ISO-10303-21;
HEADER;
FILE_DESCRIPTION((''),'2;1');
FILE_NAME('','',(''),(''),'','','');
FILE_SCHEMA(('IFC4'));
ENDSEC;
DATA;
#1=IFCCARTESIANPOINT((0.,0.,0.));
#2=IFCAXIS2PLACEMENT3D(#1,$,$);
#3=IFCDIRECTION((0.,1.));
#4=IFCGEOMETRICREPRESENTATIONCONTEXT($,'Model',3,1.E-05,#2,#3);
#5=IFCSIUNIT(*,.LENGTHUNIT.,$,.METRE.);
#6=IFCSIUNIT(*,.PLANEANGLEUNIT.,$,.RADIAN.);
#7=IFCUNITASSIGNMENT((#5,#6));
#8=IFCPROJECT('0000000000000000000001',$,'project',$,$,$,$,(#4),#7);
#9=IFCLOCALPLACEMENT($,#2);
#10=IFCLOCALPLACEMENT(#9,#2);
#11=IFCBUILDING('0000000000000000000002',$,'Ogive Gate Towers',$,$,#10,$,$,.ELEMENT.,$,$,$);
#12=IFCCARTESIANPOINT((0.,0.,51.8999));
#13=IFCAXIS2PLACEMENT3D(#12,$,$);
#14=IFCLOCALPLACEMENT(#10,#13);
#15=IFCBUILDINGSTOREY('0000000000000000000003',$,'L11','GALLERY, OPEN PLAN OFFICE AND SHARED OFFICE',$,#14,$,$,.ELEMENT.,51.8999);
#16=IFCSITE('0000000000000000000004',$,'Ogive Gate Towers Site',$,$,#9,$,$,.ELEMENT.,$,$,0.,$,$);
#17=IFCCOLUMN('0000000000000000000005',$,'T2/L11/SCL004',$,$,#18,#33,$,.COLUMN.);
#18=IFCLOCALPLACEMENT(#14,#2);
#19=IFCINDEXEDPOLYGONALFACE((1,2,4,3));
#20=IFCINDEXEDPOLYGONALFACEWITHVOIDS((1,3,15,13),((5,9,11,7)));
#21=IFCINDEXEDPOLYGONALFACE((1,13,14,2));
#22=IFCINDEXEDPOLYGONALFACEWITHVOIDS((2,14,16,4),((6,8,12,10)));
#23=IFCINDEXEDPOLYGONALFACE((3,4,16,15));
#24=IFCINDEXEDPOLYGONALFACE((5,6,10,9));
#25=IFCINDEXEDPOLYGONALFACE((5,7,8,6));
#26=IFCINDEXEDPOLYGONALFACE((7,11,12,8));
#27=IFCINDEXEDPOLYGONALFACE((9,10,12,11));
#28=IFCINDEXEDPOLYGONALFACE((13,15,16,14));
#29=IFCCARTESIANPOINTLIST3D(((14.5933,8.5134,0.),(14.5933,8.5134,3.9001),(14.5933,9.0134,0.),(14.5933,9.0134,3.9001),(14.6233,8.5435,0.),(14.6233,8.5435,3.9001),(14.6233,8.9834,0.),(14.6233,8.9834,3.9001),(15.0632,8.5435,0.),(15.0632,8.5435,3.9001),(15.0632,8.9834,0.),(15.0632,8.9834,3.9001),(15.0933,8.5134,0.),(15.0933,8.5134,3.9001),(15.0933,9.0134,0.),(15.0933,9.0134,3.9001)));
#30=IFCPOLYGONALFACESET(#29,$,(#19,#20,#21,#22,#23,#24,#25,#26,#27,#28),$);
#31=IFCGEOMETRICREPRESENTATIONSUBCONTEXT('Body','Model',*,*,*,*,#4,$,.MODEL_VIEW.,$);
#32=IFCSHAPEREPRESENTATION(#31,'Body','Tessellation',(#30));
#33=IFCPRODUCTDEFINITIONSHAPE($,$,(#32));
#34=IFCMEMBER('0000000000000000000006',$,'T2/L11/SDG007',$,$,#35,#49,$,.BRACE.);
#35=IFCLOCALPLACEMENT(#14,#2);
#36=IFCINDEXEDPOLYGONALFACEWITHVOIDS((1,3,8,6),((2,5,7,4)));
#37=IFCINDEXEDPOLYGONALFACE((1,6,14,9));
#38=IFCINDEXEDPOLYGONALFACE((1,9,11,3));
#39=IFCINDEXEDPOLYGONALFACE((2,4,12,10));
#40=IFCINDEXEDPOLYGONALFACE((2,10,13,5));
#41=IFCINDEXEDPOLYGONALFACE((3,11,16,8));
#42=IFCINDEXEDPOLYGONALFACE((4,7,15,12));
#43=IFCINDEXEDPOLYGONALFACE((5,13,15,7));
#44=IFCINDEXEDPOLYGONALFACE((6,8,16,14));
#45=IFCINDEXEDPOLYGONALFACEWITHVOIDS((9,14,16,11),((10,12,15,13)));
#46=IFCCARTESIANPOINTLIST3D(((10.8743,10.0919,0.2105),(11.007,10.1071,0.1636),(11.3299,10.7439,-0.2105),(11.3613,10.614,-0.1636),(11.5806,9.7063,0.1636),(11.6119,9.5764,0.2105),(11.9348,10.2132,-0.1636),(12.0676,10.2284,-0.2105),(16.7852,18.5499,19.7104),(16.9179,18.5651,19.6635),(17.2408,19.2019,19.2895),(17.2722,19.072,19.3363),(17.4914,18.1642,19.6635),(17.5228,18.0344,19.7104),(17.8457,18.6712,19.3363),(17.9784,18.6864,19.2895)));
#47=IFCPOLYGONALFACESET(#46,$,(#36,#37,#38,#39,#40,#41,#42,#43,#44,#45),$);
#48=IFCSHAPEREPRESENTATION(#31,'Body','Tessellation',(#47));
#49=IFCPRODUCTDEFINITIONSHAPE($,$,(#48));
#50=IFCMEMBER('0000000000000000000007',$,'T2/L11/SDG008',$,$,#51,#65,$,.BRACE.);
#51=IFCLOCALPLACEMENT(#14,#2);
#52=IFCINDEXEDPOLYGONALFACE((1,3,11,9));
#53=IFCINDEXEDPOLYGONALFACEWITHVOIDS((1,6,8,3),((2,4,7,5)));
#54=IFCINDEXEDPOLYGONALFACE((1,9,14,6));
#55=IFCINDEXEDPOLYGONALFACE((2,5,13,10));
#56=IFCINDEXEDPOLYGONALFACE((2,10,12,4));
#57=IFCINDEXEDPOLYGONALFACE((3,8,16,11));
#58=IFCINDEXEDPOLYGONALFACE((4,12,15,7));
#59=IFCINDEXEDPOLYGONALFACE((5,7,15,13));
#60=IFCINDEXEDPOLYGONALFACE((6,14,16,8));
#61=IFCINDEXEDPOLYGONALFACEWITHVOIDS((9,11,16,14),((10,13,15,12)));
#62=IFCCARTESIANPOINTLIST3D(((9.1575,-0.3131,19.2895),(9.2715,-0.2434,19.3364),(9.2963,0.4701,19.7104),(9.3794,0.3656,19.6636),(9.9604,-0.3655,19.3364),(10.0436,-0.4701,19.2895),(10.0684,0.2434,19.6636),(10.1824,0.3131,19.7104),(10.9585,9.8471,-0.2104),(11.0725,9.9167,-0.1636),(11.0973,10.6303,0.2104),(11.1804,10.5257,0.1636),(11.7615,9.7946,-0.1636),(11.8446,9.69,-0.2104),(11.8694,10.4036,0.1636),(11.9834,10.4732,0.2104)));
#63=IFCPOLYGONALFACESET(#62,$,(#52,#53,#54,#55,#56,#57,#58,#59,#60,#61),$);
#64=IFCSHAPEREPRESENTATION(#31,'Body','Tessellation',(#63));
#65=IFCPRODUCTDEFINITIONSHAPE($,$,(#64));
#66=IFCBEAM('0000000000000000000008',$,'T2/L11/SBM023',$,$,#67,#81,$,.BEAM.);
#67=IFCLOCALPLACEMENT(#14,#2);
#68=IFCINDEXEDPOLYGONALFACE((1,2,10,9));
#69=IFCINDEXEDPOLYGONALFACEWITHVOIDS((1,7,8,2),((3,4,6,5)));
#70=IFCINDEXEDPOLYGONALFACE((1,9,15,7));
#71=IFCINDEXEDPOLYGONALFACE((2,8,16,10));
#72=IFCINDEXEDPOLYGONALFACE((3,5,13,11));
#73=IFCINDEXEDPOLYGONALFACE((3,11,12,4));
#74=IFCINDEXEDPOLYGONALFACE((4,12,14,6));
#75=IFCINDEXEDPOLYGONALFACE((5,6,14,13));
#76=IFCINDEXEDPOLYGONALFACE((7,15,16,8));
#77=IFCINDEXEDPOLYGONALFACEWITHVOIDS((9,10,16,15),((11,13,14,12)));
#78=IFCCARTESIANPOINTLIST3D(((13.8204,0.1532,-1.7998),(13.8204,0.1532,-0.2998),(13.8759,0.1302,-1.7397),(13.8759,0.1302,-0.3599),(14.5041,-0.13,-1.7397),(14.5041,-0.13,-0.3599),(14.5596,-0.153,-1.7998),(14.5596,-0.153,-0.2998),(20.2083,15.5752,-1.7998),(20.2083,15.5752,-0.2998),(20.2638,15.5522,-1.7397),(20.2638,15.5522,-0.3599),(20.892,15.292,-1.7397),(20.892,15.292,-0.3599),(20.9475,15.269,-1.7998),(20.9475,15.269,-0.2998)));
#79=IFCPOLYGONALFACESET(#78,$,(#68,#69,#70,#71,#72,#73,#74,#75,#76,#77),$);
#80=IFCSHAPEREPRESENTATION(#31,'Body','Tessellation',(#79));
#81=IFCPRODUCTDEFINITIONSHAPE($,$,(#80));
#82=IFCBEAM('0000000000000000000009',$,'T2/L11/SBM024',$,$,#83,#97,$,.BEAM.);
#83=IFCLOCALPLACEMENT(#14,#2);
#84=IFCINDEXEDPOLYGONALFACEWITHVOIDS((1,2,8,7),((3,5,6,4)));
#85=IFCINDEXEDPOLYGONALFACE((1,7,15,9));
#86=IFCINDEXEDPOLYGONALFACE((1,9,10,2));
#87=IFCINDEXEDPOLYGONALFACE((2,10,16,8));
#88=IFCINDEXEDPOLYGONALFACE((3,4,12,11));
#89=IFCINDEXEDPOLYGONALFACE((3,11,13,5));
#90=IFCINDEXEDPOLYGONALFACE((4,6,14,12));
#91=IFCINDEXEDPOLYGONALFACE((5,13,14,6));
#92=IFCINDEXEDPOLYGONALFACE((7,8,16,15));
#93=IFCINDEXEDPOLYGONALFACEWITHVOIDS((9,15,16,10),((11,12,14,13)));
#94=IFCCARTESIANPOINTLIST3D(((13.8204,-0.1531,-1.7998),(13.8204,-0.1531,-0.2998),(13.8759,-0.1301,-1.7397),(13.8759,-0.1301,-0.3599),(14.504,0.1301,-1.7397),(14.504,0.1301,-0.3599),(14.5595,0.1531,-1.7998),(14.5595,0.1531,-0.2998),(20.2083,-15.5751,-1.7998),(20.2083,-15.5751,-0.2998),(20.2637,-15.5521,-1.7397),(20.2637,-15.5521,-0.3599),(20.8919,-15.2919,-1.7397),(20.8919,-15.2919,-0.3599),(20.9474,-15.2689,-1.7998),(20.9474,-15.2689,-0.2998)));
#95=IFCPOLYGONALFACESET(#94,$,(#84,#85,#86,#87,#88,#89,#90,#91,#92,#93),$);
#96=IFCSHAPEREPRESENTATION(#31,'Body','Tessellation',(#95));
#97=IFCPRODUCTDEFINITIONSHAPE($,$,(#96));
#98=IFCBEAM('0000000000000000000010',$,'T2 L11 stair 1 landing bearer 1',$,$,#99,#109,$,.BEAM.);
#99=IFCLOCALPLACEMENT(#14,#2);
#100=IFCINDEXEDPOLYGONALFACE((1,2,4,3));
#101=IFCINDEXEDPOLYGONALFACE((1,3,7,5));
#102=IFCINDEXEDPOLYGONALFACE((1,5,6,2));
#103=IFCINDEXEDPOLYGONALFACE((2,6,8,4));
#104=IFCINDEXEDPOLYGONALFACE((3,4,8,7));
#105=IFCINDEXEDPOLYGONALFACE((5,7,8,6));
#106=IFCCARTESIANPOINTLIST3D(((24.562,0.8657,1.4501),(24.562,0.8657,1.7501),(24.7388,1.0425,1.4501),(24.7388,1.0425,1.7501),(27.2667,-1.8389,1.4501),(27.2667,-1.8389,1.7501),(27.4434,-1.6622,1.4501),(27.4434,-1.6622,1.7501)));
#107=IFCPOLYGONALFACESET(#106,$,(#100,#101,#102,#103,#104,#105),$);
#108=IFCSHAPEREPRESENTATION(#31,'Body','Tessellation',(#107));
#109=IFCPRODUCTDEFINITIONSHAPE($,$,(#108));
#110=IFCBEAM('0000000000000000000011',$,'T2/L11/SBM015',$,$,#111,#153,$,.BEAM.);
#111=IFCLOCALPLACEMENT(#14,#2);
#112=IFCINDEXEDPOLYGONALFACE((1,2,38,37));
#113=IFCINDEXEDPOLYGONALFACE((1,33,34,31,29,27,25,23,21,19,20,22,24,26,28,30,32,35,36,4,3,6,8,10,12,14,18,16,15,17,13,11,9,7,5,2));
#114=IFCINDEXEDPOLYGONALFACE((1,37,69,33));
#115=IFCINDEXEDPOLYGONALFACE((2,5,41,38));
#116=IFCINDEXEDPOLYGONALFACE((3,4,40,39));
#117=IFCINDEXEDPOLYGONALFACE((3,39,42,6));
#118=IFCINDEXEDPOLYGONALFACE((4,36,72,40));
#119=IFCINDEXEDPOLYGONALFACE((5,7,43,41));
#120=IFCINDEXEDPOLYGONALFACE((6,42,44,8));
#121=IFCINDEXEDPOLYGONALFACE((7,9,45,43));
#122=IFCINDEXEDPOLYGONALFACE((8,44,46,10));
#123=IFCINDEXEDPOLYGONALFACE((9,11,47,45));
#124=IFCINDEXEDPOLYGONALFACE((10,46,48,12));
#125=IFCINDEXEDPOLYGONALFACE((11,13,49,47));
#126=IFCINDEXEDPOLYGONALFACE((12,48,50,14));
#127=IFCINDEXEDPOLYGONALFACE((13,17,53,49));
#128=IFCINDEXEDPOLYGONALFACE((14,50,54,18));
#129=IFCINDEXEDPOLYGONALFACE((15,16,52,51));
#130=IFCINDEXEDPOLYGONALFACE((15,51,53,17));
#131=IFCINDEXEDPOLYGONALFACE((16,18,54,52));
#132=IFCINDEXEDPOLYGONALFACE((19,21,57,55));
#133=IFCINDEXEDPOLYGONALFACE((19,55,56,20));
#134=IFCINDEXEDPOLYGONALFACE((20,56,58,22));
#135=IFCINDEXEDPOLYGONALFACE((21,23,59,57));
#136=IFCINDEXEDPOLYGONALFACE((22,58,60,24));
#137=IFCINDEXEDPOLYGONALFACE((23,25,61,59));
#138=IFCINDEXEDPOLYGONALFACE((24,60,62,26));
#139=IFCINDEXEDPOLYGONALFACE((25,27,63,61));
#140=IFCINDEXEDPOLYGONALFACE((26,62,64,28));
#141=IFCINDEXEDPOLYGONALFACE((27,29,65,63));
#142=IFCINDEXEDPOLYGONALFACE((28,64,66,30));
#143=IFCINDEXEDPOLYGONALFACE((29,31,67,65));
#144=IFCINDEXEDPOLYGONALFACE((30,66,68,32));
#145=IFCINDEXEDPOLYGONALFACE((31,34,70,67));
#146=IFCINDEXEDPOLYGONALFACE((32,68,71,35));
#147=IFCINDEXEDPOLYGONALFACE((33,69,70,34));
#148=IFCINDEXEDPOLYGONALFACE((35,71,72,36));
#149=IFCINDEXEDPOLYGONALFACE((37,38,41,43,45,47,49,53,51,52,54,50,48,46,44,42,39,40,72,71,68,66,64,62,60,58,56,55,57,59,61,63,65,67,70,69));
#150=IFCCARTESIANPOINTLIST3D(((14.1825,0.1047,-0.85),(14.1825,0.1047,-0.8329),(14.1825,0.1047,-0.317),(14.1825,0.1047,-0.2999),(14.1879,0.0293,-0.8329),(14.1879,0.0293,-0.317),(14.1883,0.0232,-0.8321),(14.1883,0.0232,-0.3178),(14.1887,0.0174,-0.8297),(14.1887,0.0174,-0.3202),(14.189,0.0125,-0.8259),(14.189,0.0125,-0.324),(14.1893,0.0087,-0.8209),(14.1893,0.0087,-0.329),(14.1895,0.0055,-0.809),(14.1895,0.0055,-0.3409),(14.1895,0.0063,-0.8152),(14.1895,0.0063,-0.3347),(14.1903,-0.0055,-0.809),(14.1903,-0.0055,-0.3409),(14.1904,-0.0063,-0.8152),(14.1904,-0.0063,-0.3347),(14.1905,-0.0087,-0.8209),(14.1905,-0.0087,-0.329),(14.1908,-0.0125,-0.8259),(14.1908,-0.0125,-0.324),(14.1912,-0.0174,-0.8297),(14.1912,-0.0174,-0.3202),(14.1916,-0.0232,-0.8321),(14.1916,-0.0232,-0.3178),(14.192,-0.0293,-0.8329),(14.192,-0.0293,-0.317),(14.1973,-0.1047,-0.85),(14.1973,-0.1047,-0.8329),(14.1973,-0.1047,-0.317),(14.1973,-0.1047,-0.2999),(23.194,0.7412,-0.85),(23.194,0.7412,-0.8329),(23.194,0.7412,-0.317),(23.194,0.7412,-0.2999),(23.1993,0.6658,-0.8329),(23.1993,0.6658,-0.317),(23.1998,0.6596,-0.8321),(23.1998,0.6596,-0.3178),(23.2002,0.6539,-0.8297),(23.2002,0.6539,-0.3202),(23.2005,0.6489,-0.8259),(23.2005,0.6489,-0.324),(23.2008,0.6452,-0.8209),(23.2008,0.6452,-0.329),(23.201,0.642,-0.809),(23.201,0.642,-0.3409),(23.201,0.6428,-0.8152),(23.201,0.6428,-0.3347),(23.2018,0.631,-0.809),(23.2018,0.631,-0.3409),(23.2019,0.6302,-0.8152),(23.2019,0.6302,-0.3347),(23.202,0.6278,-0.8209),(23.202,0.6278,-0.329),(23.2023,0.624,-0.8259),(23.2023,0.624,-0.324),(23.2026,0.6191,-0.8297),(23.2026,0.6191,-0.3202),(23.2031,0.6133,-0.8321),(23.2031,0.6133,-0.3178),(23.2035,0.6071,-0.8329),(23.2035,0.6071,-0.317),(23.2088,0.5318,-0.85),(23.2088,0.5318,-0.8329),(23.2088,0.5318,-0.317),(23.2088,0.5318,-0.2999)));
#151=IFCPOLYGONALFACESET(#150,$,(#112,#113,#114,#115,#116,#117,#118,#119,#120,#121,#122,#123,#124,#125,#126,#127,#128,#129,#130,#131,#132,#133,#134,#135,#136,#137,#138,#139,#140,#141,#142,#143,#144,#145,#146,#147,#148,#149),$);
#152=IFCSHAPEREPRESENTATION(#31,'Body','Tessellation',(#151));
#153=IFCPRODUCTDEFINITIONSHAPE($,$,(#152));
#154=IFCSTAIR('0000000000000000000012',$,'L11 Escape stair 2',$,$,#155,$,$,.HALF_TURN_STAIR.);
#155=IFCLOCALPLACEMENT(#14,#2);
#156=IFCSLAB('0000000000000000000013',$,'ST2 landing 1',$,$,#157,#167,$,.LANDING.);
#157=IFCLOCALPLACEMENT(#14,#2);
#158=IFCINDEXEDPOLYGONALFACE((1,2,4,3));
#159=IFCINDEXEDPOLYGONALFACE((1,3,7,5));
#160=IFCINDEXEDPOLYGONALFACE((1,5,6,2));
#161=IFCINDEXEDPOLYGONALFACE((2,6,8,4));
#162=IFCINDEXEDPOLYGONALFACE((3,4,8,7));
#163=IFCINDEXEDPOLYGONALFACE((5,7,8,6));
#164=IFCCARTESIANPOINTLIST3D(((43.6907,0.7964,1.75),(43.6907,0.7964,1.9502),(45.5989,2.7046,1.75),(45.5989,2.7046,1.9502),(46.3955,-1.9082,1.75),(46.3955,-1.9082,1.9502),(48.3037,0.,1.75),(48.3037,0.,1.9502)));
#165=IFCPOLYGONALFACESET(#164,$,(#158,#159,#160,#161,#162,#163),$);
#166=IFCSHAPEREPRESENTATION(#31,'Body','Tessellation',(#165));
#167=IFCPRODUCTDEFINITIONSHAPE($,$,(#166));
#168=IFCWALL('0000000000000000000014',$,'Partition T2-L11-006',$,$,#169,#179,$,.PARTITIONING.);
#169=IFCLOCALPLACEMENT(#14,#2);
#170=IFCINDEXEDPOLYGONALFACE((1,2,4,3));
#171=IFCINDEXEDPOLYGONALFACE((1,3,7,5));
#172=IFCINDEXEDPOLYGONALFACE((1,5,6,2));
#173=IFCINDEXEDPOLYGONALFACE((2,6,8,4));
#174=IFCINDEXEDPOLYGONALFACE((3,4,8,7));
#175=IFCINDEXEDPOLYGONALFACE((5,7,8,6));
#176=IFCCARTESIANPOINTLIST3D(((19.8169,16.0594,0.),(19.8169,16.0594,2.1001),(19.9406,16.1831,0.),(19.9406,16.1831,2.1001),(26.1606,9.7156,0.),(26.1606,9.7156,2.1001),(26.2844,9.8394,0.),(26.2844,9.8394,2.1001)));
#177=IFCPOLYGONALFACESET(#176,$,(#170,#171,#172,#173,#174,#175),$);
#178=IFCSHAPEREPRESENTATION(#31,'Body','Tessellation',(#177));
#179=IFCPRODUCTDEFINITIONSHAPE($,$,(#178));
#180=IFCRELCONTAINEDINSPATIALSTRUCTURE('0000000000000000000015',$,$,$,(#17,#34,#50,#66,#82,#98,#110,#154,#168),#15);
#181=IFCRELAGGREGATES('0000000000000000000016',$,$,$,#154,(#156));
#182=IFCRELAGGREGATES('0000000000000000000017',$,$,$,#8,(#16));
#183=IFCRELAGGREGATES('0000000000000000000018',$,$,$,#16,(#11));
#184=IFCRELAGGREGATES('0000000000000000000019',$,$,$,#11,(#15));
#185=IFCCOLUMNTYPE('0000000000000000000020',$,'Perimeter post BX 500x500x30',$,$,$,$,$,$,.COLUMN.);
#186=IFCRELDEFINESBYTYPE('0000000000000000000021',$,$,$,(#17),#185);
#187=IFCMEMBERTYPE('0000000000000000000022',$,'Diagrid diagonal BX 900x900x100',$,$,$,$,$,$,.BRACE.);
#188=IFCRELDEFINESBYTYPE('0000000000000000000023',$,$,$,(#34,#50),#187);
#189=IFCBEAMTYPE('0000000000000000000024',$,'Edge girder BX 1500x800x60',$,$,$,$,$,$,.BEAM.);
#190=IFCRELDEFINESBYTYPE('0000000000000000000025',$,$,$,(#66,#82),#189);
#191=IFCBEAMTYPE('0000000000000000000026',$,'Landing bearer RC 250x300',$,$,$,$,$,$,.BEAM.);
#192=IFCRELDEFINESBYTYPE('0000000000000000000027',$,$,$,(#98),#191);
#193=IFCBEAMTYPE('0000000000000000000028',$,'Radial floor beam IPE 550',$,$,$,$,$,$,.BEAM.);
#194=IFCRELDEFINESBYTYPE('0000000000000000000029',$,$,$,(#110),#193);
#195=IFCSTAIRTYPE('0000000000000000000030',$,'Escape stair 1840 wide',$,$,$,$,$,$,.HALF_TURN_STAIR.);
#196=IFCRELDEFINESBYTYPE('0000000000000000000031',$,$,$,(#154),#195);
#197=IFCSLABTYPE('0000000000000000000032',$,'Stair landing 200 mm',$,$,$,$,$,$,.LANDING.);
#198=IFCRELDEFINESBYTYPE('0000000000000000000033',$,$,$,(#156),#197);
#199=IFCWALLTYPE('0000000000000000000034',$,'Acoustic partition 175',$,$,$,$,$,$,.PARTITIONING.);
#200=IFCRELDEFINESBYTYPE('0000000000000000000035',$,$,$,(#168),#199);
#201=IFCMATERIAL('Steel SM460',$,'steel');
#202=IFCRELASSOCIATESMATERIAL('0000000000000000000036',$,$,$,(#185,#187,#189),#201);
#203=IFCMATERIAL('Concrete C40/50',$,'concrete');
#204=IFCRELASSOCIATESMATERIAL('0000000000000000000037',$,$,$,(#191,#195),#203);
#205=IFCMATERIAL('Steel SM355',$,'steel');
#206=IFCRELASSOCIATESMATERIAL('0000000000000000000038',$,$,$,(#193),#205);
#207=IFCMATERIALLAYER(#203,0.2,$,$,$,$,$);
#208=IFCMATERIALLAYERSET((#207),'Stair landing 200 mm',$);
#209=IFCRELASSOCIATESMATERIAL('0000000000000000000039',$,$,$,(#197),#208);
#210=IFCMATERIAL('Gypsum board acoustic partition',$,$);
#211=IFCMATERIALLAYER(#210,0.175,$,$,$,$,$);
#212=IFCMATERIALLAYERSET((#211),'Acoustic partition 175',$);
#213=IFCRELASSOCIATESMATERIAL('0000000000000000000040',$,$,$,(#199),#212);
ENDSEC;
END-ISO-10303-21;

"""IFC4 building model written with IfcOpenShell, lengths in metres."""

from ifc_helpers import new_model, si_unit, direction, frame, frame_2d, origin, origin_2d, place, context, subcontext, project, spatial, polyline, rectangle, hollow_rectangle, i_section, outline, extrude, material, layer, layer_set, material_profile, profile_set, type_object, element, aggregate, save


model = new_model("IFC4")

# Units and contexts
model_context = context("Model", 3, precision=1e-05, world=origin(), true_north=direction((0.0, 1.0)))
body_context = subcontext(model_context, "Body", "Model", "MODEL_VIEW")
ifc_project = project(units=[si_unit("LENGTHUNIT", "METRE"), si_unit("PLANEANGLEUNIT", "RADIAN")], contexts=[model_context])

# Site, building, storey
site_placement = place(None, origin())
site = spatial("IfcSite", under=ifc_project, at=site_placement, Name="Ogive Gate Towers Site", CompositionType="ELEMENT", RefElevation=0.0)
building_placement = place(site_placement, origin())
building = spatial("IfcBuilding", under=site, at=building_placement, Name="Ogive Gate Towers", CompositionType="ELEMENT")
storey_placement = place(building_placement, frame((0.0, 0.0, 51.8999)))
storey = spatial("IfcBuildingStorey", under=building, at=storey_placement, Name="L11", Description="GALLERY, OPEN PLAN OFFICE AND SHARED OFFICE", CompositionType="ELEMENT", Elevation=51.8999)

# Column
ifc_material_1 = material(Name="Steel SM460", Category="steel")
ifc_material_profile_1 = material_profile(ifc_material_1, hollow_rectangle(XDim=0.5, YDim=0.5, WallThickness=0.03, at=origin_2d()), Name="BX 500x500x30")
ifc_profile_set_1 = profile_set([ifc_material_profile_1], Name="Steel SM460")
column_type = type_object("IfcColumnType", Name="Perimeter post BX 500x500x30", PredefinedType="COLUMN", material=ifc_profile_set_1)
column_placement = place(storey_placement, frame((14.8433, 8.7634, 0.0), z_axis=(0.0, 0.0, 1.0), x_axis=(1.0, 0.0, 0.0)))
element("IfcColumn", 1, at=column_placement, inside=storey, type_object=column_type, Name="T2/L11/SCL004", PredefinedType="COLUMN", context=body_context, shape_type="SweptSolid", body=[
    extrude(hollow_rectangle(XDim=0.5, YDim=0.5, WallThickness=0.03, at=origin_2d()), origin(), (0.0, 0.0, 1.0), 3.9001),
])

# Members
ifc_material_profile_2 = material_profile(ifc_material_1, hollow_rectangle(XDim=0.8999, YDim=0.8999, WallThickness=0.1001, at=origin_2d()), Name="BX 900x900x100")
ifc_profile_set_2 = profile_set([ifc_material_profile_2], Name="Steel SM460")
member_type = type_object("IfcMemberType", Name="Diagrid diagonal BX 900x900x100", PredefinedType="BRACE", material=ifc_profile_set_2)
for number, where, z_axis, x_axis, name in (
    (2, (11.4709, 10.1602, 0.0), (0.267923, 0.383377, 0.883878), (-0.819674, 0.57283, 0.0), "T2/L11/SDG007"),
    (3, (11.4709, 10.1602, 0.0), (-0.081636, -0.460532, 0.883881), (0.98465, -0.174542, 0.0), "T2/L11/SDG008"),
):
    element("IfcMember", number, at=place(storey_placement, frame(where, z_axis=z_axis, x_axis=x_axis)), inside=storey, type_object=member_type, Name=name, PredefinedType="BRACE", context=body_context, shape_type="SweptSolid", body=[
        extrude(hollow_rectangle(XDim=0.8999, YDim=0.8999, WallThickness=0.1001, at=origin_2d()), origin(), (0.0, 0.0, 1.0), 22.0618),
    ])

# Beams
ifc_material_profile_3 = material_profile(ifc_material_1, hollow_rectangle(XDim=0.8, YDim=1.5, WallThickness=0.0601, at=origin_2d()), Name="BX 1500x800x60")
ifc_profile_set_3 = profile_set([ifc_material_profile_3], Name="Steel SM460")
beam_type_1 = type_object("IfcBeamType", Name="Edge girder BX 1500x800x60", PredefinedType="BEAM", material=ifc_profile_set_3)
for number, where, z_axis, x_axis, name in (
    (4, (20.5779, 15.4221, -1.0498), (-0.382678, -0.923882, 0.0), (0.923882, -0.382678, 0.0), "T2/L11/SBM023"),
    (5, (14.1899, 0.0, -1.0498), (0.382678, -0.923882, 0.0), (0.923882, 0.382678, 0.0), "T2/L11/SBM024"),
):
    element("IfcBeam", number, at=place(storey_placement, frame(where, z_axis=z_axis, x_axis=x_axis)), inside=storey, type_object=beam_type_1, Name=name, PredefinedType="BEAM", context=body_context, shape_type="SweptSolid", body=[
        extrude(hollow_rectangle(XDim=0.8, YDim=1.5, WallThickness=0.0601, at=origin_2d()), origin(), (0.0, 0.0, 1.0), 16.6926),
    ])
ifc_material_2 = material(Name="Concrete C40/50", Category="concrete")
ifc_material_profile_4 = material_profile(ifc_material_2, rectangle(XDim=0.25, YDim=0.3, at=origin_2d()), Name="RC 250x300")
ifc_profile_set_4 = profile_set([ifc_material_profile_4], Name="Concrete C40/50")
beam_type_2 = type_object("IfcBeamType", Name="Landing bearer RC 250x300", PredefinedType="BEAM", material=ifc_profile_set_4)
beam_1_placement = place(storey_placement, frame((24.6504, 0.9541, 1.6001), z_axis=(0.707107, -0.707107, 0.0), x_axis=(0.707107, 0.707107, 0.0)))
element("IfcBeam", 6, at=beam_1_placement, inside=storey, type_object=beam_type_2, Name="T2 L11 stair 1 landing bearer 1", PredefinedType="BEAM", context=body_context, shape_type="SweptSolid", body=[
    extrude(rectangle(XDim=0.25, YDim=0.3, at=origin_2d()), origin(), (0.0, 0.0, 1.0), 3.825),
])
ifc_material_3 = material(Name="Steel SM355", Category="steel")
ifc_material_profile_5 = material_profile(ifc_material_3, i_section(OverallWidth=0.21, OverallDepth=0.55, WebThickness=0.011, FlangeThickness=0.0171, FilletRadius=0.0239, at=origin_2d()), Name="IPE 550")
ifc_profile_set_5 = profile_set([ifc_material_profile_5], Name="Steel SM355")
beam_type_3 = type_object("IfcBeamType", Name="Radial floor beam IPE 550", PredefinedType="BEAM", material=ifc_profile_set_5)
beam_2_placement = place(storey_placement, frame((23.2014, 0.6365, -0.575), z_axis=(-0.997515, -0.070454, 0.0), x_axis=(0.070454, -0.997515, 0.0)))
element("IfcBeam", 7, at=beam_2_placement, inside=storey, type_object=beam_type_3, Name="T2/L11/SBM015", PredefinedType="BEAM", context=body_context, shape_type="SweptSolid", body=[
    extrude(i_section(OverallWidth=0.21, OverallDepth=0.55, WebThickness=0.011, FlangeThickness=0.0171, FilletRadius=0.0239, at=origin_2d()), origin(), (0.0, 0.0, 1.0), 9.0339),
])

# Stair, slab
stair_type = type_object("IfcStairType", Name="Escape stair 1840 wide", PredefinedType="HALF_TURN_STAIR", material=ifc_material_2)
stair_placement = place(storey_placement, origin())
stair = element("IfcStair", 8, at=stair_placement, inside=storey, type_object=stair_type, Name="L11 Escape stair 2", PredefinedType="HALF_TURN_STAIR")
ifc_layer_1 = layer(ifc_material_2, 0.2)
ifc_layer_set_1 = layer_set([ifc_layer_1], Name="Stair landing 200 mm")
slab_type = type_object("IfcSlabType", Name="Stair landing 200 mm", PredefinedType="LANDING", material=ifc_layer_set_1)
slab_placement = place(storey_placement, frame((0.0, 0.0, 1.75)))
slab = element("IfcSlab", 9, at=slab_placement, type_object=slab_type, Name="ST2 landing 1", PredefinedType="LANDING", context=body_context, shape_type="SweptSolid", body=[
    extrude(outline(polyline([(46.3955, -1.9082), (48.3037, 0.0), (45.5989, 2.7046), (43.6907, 0.7964), (46.3955, -1.9082)])), origin(), (0.0, 0.0, 1.0), 0.2002),
])
aggregate(stair, [slab])

# Wall
ifc_material_4 = material(Name="Gypsum board acoustic partition")
ifc_layer_2 = layer(ifc_material_4, 0.175)
ifc_layer_set_2 = layer_set([ifc_layer_2], Name="Acoustic partition 175")
wall_type_1 = type_object("IfcWallType", Name="Acoustic partition 175", PredefinedType="PARTITIONING", material=ifc_layer_set_2)
wall_1_placement = place(storey_placement, frame((19.8787, 16.1213, 0.0), z_axis=(0.0, 0.0, 1.0), x_axis=(0.707107, -0.707107, 0.0)))
element("IfcWall", 10, at=wall_1_placement, inside=storey, type_object=wall_type_1, Name="Partition T2-L11-006", PredefinedType="PARTITIONING", context=body_context, shape_type="SweptSolid", body=[
    extrude(rectangle(XDim=8.9714, YDim=0.175, at=frame_2d((4.4858, 0.0))), origin(), (0.0, 0.0, 1.0), 2.1001),
])

save(model, "model.ifc")
